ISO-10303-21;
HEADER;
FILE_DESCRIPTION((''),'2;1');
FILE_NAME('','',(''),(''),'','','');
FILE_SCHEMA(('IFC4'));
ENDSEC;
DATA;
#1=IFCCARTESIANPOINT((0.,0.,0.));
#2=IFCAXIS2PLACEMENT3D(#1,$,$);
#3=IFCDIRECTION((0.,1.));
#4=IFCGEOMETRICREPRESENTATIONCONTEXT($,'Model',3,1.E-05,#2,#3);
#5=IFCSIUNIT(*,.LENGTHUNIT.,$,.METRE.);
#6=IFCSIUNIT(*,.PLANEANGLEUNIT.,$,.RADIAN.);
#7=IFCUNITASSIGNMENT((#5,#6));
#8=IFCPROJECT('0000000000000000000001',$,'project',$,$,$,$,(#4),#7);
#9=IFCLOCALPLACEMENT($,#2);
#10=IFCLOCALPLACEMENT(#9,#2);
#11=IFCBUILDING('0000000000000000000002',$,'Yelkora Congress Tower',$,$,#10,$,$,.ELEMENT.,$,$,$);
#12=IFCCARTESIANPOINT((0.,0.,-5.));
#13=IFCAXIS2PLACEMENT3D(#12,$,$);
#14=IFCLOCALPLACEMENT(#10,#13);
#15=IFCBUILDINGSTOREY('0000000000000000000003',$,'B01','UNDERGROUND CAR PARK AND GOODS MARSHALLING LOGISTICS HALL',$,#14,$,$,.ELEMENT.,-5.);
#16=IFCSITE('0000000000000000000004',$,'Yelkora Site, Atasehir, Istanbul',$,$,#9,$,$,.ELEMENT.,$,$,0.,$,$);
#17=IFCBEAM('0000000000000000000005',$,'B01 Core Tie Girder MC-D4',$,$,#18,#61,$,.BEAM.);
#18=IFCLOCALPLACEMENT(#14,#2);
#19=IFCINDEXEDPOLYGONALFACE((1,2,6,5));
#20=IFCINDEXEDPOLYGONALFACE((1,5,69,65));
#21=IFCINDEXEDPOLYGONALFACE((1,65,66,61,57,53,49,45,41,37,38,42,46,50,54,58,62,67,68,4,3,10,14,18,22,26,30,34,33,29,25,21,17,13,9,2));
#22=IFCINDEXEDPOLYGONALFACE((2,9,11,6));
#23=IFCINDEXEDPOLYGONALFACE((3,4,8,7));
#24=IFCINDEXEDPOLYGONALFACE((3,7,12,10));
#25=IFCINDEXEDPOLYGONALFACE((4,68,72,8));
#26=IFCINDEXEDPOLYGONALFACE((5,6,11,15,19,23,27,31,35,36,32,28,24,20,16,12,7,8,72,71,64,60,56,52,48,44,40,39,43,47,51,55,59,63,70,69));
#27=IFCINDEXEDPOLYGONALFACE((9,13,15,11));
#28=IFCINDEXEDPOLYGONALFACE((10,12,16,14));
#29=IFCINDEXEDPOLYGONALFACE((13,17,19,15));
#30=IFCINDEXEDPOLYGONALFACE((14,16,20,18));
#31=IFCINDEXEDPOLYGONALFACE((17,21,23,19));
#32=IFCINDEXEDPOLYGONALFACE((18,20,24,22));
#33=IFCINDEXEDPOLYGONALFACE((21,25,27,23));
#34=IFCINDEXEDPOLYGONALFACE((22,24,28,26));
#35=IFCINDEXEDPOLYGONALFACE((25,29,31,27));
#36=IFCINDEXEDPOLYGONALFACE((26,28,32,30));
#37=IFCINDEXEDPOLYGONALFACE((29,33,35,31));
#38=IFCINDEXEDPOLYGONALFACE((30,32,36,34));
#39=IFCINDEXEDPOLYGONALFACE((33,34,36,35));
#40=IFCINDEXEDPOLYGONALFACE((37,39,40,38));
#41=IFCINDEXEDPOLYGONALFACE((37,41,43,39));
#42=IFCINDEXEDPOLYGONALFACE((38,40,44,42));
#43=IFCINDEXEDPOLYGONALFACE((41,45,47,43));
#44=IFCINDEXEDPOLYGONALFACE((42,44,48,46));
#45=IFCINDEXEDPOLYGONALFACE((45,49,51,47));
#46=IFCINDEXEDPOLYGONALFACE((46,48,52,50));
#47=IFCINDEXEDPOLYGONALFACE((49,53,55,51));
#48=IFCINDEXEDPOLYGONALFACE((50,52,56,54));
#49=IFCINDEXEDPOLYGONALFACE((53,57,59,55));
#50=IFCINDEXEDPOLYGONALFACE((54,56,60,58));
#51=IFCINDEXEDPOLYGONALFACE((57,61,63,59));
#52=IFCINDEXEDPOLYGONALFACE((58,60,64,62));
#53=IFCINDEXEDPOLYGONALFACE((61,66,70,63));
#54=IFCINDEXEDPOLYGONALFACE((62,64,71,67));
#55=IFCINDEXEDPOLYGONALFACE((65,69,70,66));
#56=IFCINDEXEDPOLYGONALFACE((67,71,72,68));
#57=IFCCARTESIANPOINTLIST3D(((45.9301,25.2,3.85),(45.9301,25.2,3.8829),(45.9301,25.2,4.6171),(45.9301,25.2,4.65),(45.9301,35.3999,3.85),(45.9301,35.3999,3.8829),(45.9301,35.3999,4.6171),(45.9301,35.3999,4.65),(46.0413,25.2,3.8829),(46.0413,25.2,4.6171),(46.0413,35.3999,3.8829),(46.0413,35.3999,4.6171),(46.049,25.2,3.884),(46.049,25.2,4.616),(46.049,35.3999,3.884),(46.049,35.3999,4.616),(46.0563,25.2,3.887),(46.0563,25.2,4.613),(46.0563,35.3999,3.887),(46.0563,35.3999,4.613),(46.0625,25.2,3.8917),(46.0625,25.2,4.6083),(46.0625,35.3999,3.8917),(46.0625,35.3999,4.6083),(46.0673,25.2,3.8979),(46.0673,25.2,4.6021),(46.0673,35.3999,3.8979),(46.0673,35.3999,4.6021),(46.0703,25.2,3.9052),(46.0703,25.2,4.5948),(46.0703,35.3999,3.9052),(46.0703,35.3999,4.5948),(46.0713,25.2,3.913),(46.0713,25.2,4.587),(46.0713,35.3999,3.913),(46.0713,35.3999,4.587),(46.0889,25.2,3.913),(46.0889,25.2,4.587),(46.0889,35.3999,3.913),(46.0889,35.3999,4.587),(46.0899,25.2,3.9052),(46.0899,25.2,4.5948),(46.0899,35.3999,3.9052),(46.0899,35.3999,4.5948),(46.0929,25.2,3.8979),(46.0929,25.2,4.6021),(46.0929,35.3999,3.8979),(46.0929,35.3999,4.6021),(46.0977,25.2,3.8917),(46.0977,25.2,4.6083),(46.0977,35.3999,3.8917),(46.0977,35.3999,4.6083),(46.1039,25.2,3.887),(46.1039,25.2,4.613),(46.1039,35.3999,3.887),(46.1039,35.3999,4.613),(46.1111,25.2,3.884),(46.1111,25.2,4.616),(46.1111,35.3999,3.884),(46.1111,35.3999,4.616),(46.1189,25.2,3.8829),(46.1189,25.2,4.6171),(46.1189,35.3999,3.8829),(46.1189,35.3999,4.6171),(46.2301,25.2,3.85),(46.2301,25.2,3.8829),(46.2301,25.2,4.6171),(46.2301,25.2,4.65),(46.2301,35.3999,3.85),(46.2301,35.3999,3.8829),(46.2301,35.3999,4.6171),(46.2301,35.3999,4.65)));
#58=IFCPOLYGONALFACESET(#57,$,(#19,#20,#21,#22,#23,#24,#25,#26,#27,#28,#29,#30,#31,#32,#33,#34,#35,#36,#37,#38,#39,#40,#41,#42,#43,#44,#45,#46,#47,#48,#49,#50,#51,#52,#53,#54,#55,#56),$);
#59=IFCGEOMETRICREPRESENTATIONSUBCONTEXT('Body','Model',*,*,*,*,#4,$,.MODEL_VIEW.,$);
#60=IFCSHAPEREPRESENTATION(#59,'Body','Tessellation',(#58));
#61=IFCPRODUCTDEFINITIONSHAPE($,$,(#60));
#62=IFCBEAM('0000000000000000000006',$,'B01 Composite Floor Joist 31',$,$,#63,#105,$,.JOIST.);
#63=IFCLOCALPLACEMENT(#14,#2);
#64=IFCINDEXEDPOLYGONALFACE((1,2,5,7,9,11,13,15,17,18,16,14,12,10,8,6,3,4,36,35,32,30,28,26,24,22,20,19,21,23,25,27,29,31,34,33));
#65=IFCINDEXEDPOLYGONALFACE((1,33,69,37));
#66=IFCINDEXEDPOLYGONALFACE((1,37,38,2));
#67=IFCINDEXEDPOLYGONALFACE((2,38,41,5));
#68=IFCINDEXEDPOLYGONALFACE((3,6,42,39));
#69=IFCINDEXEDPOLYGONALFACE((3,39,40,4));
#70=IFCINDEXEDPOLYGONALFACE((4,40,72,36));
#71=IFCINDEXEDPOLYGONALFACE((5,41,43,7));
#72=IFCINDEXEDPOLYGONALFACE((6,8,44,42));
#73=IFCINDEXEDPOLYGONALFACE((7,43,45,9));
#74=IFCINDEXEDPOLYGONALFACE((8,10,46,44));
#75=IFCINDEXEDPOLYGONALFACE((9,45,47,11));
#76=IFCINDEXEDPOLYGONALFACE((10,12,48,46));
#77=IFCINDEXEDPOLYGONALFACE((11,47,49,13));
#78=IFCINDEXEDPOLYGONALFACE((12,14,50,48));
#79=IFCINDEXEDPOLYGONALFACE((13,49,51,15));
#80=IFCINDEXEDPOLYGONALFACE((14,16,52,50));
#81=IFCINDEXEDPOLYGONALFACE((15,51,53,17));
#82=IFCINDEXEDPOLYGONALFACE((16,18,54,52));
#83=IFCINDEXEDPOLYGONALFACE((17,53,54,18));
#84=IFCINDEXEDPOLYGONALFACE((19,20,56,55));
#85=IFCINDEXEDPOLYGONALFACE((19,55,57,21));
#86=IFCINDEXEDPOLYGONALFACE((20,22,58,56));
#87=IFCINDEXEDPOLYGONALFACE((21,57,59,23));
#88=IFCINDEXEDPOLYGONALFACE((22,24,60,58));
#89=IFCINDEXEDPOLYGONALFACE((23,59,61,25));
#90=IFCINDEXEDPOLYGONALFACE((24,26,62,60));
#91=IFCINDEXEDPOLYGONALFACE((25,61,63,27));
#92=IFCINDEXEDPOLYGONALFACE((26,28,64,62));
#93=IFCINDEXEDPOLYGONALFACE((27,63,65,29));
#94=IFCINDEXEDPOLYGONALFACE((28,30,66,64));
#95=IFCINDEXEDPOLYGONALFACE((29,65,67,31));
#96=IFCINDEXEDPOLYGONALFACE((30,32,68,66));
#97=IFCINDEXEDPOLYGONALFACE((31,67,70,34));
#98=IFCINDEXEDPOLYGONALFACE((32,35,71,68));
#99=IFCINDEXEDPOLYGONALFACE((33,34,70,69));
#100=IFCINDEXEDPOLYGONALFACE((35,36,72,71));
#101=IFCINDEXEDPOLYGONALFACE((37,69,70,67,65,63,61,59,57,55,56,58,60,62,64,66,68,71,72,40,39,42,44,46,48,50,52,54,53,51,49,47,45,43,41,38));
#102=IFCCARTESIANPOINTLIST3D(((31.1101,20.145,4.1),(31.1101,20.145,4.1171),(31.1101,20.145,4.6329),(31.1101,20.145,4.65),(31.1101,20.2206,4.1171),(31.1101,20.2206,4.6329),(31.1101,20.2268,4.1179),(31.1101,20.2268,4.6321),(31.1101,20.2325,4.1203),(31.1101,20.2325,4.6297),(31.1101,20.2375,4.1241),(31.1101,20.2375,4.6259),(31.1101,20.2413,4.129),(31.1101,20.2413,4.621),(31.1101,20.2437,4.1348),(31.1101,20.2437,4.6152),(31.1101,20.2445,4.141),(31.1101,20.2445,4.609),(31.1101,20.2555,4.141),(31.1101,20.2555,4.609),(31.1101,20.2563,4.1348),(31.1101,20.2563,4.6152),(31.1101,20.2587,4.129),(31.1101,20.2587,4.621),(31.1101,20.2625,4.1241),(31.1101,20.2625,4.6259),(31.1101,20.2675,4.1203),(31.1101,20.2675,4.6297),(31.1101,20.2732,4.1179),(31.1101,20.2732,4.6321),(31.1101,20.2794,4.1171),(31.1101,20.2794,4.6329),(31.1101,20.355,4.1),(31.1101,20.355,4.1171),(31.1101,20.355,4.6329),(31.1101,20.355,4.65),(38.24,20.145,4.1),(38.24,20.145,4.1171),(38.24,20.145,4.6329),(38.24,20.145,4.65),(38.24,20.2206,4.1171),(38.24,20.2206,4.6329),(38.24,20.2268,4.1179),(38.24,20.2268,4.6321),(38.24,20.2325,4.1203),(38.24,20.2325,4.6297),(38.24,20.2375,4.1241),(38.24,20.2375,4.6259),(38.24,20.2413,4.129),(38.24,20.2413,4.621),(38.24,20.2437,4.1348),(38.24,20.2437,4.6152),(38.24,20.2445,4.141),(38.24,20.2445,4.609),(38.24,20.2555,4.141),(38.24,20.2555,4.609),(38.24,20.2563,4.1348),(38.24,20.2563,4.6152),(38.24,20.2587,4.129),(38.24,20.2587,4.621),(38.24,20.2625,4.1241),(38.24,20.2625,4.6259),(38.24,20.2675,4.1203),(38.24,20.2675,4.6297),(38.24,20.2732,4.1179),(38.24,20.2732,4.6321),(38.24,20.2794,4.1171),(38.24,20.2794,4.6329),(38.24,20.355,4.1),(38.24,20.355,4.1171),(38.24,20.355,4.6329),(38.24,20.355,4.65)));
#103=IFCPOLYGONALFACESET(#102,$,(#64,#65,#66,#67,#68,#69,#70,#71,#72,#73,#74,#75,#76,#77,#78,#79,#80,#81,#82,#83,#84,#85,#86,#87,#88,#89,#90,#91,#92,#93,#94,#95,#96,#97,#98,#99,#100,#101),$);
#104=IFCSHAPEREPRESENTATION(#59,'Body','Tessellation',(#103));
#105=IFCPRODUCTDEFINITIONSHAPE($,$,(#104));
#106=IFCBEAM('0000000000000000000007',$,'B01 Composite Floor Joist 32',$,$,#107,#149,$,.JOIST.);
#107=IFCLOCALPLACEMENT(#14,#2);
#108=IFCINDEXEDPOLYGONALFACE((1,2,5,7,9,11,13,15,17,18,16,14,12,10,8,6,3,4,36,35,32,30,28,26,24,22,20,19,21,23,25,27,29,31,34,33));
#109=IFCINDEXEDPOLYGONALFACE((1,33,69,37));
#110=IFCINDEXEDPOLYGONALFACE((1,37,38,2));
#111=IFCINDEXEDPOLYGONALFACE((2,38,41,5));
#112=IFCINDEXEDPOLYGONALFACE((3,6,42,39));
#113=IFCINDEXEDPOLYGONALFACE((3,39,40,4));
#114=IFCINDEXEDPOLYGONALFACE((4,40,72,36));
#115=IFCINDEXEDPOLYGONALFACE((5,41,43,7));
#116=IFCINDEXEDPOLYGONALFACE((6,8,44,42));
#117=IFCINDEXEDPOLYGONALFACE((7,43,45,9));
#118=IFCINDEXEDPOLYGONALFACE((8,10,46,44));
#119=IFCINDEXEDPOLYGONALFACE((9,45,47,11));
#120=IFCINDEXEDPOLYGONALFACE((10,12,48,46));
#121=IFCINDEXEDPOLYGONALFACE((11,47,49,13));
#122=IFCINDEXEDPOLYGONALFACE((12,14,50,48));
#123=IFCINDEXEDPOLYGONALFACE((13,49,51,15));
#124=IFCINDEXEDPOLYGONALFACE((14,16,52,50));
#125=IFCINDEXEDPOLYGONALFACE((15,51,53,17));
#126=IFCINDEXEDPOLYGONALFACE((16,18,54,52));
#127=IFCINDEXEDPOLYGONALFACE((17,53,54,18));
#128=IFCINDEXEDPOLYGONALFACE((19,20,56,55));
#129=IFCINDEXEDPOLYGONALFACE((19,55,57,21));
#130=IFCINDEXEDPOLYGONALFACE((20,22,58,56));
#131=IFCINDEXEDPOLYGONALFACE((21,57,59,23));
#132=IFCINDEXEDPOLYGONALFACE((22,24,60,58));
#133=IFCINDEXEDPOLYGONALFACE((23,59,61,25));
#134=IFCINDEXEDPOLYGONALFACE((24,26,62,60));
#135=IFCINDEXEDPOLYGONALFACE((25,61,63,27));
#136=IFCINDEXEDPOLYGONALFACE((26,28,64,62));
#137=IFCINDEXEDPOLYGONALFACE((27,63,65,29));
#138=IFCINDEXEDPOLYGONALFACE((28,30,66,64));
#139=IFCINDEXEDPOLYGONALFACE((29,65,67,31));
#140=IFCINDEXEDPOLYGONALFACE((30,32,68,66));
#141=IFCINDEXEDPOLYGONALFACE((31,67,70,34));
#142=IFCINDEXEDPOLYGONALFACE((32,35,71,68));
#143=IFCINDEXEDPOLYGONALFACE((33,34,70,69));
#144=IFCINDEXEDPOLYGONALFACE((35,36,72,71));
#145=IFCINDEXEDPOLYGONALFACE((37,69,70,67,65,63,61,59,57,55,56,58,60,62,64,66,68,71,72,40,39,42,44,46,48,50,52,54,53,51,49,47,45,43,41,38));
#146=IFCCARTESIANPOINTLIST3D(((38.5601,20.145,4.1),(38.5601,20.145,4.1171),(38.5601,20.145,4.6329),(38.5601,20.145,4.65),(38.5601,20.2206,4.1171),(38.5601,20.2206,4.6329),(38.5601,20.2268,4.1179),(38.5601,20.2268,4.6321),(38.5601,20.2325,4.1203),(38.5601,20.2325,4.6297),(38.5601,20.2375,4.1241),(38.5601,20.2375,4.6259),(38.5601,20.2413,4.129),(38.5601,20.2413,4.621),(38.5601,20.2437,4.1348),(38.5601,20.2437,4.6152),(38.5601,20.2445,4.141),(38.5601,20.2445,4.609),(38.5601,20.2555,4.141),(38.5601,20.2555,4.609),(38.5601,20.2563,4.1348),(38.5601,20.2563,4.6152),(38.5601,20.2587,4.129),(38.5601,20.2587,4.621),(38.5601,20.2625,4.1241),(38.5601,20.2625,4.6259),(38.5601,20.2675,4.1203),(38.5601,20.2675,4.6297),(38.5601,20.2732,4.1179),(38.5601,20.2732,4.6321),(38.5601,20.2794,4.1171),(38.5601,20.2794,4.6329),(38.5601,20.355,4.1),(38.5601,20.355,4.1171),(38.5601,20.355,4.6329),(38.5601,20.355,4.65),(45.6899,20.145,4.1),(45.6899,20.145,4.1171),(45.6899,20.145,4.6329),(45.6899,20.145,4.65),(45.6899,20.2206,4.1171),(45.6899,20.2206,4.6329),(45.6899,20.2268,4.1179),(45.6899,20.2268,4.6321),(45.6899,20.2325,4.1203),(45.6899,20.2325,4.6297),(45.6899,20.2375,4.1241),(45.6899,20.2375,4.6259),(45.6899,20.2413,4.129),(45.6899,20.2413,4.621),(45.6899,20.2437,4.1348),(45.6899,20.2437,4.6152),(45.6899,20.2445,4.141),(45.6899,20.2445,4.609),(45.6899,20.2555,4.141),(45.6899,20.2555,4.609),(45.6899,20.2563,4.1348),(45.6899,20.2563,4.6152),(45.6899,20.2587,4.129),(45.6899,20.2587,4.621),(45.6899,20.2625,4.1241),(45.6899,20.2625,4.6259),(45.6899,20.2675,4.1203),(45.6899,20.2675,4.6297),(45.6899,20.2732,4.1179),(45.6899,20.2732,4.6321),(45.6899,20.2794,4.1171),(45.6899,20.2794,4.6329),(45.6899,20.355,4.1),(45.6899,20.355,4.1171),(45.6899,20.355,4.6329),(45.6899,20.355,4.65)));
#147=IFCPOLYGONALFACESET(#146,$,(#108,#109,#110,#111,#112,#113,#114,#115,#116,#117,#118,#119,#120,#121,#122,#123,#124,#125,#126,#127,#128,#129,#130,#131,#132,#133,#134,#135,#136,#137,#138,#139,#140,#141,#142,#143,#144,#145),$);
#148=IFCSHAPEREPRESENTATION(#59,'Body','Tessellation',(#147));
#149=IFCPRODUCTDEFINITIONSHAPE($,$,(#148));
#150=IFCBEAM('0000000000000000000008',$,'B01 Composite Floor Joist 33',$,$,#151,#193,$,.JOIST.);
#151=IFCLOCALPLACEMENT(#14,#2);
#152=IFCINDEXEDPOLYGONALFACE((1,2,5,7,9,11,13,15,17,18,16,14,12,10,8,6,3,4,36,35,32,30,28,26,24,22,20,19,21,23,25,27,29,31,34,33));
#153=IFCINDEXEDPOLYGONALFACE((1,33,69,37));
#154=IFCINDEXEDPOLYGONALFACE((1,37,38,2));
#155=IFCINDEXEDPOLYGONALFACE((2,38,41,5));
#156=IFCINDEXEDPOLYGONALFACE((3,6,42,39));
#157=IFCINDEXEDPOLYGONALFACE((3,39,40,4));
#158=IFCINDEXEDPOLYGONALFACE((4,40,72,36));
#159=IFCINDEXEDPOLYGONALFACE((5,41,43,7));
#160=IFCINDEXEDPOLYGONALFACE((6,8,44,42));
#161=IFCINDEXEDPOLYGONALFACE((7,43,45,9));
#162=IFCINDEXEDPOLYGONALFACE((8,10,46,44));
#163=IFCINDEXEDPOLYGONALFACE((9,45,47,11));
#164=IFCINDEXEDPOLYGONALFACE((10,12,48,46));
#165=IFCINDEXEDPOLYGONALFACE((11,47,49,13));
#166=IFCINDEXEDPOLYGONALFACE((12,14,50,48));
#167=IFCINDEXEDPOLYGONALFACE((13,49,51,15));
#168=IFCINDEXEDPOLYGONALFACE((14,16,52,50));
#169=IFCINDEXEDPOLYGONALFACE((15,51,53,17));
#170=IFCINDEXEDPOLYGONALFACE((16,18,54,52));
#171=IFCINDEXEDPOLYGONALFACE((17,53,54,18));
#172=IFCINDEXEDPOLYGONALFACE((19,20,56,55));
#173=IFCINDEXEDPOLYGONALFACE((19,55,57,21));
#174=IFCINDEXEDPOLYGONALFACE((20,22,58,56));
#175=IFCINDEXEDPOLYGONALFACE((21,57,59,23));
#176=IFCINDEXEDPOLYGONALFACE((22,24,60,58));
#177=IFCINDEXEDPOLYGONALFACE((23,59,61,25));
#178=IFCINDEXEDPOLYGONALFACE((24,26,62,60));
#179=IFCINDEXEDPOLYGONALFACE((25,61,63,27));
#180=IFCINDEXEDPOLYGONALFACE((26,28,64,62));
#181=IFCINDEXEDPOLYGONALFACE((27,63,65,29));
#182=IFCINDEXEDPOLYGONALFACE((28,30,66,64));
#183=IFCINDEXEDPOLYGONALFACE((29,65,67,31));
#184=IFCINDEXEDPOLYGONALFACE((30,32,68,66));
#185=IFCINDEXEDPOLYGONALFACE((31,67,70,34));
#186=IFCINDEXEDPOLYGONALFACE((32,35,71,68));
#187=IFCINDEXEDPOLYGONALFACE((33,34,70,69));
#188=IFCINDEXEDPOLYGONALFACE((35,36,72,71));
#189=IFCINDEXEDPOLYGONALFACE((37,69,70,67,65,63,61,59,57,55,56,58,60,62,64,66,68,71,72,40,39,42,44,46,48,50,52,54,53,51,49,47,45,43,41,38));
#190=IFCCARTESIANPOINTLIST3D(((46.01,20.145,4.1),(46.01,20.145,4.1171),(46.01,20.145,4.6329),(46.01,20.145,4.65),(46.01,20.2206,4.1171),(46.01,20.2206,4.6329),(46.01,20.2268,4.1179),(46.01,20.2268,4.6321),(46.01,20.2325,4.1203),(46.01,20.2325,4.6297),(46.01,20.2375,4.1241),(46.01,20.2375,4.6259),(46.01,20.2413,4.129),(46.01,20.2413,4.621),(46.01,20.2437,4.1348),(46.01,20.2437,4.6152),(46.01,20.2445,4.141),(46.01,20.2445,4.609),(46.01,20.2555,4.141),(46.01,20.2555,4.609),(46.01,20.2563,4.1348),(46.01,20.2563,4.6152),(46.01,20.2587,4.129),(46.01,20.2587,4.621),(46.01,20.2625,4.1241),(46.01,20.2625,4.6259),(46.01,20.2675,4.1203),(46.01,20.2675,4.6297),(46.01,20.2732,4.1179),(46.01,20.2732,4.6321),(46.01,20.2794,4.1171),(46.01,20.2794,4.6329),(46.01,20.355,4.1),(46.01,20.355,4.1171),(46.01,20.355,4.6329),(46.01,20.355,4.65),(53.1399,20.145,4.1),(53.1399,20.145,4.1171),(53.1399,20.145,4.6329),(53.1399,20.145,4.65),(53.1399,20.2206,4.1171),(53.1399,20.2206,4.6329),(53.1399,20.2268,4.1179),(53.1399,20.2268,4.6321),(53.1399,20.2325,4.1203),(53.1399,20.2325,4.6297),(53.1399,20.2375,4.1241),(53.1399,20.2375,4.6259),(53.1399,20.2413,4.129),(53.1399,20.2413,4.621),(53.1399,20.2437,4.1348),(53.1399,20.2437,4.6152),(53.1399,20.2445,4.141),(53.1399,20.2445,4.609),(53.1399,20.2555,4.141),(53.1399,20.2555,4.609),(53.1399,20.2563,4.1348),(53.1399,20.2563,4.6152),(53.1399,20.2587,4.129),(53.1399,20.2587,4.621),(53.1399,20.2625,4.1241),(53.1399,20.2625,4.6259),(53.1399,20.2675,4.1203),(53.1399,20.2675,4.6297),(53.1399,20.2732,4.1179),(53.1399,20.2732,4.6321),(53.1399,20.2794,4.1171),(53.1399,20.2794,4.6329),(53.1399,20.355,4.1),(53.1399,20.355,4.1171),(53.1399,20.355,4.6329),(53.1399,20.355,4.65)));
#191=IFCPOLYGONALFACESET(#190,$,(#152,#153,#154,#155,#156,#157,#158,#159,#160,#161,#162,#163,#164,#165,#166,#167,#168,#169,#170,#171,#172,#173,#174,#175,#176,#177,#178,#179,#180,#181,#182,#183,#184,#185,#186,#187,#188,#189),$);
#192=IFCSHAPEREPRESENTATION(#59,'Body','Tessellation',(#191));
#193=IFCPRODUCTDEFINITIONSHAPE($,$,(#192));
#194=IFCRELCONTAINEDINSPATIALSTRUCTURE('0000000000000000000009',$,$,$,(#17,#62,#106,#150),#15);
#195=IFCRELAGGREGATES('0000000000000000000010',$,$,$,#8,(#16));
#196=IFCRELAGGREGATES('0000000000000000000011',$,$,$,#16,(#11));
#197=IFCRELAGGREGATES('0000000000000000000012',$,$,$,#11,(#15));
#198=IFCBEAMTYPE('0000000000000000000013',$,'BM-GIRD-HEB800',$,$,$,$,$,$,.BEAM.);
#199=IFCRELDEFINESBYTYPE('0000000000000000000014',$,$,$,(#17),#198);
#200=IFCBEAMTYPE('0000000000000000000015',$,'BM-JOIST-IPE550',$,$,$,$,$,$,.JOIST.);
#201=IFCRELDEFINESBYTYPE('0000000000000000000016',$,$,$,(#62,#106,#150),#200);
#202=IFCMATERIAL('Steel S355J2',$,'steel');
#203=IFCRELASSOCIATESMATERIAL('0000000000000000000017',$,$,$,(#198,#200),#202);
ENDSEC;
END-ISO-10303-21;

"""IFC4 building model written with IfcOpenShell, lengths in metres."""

from ifc_helpers import new_model, si_unit, direction, frame, origin, origin_2d, place, context, subcontext, project, spatial, i_section, extrude, material, material_profile, profile_set, type_object, element, save


model = new_model("IFC4")

# Units and contexts
model_context = context("Model", 3, precision=1e-05, world=origin(), true_north=direction((0.0, 1.0)))
body_context = subcontext(model_context, "Body", "Model", "MODEL_VIEW")
ifc_project = project(units=[si_unit("LENGTHUNIT", "METRE"), si_unit("PLANEANGLEUNIT", "RADIAN")], contexts=[model_context])

# Site, building, storey
site_placement = place(None, origin())
site = spatial("IfcSite", under=ifc_project, at=site_placement, Name="Yelkora Site, Atasehir, Istanbul", CompositionType="ELEMENT", RefElevation=0.0)
building_placement = place(site_placement, origin())
building = spatial("IfcBuilding", under=site, at=building_placement, Name="Yelkora Congress Tower", CompositionType="ELEMENT")
storey_placement = place(building_placement, frame((0.0, 0.0, -5.0)))
storey = spatial("IfcBuildingStorey", under=building, at=storey_placement, Name="B01", Description="UNDERGROUND CAR PARK AND GOODS MARSHALLING LOGISTICS HALL", CompositionType="ELEMENT", Elevation=-5.0)

# Beams
ifc_material_1 = material(Name="Steel S355J2", Category="steel")
ifc_material_profile_1 = material_profile(ifc_material_1, i_section(OverallWidth=0.3, OverallDepth=0.8, WebThickness=0.0176, FlangeThickness=0.033, FilletRadius=0.03, at=origin_2d()), Name="HEB 800")
ifc_profile_set_1 = profile_set([ifc_material_profile_1], Name="Steel S355J2")
beam_type_1 = type_object("IfcBeamType", Name="BM-GIRD-HEB800", PredefinedType="BEAM", material=ifc_profile_set_1)
for number, where, z_axis, x_axis, name in (
    (1, (46.0801, 25.2, 4.25), (0.0, 1.0, 0.0), (-1.0, 0.0, 0.0), "B01 Core Tie Girder MC-D4"),
):
    element("IfcBeam", number, at=place(storey_placement, frame(where, z_axis=z_axis, x_axis=x_axis)), inside=storey, type_object=beam_type_1, Name=name, PredefinedType="BEAM", context=body_context, shape_type="SweptSolid", body=[
        extrude(i_section(OverallWidth=0.3, OverallDepth=0.8, WebThickness=0.0176, FlangeThickness=0.033, FilletRadius=0.03, at=origin_2d()), origin(), (0.0, 0.0, 1.0), 10.2),
    ])
ifc_material_profile_2 = material_profile(ifc_material_1, i_section(OverallWidth=0.21, OverallDepth=0.55, WebThickness=0.011, FlangeThickness=0.0171, FilletRadius=0.0239, at=origin_2d()), Name="IPE 550")
ifc_profile_set_2 = profile_set([ifc_material_profile_2], Name="Steel S355J2")
beam_type_2 = type_object("IfcBeamType", Name="BM-JOIST-IPE550", PredefinedType="JOIST", material=ifc_profile_set_2)
for number, where, z_axis, x_axis, name in (
    (2, (31.1101, 20.25, 4.375), (1.0, 0.0, 0.0), (0.0, 1.0, 0.0), "B01 Composite Floor Joist 31"),
    (3, (38.5601, 20.25, 4.375), (1.0, 0.0, 0.0), (0.0, 1.0, 0.0), "B01 Composite Floor Joist 32"),
    (4, (46.01, 20.25, 4.375), (1.0, 0.0, 0.0), (0.0, 1.0, 0.0), "B01 Composite Floor Joist 33"),
):
    element("IfcBeam", number, at=place(storey_placement, frame(where, z_axis=z_axis, x_axis=x_axis)), inside=storey, type_object=beam_type_2, Name=name, PredefinedType="JOIST", context=body_context, shape_type="SweptSolid", body=[
        extrude(i_section(OverallWidth=0.21, OverallDepth=0.55, WebThickness=0.011, FlangeThickness=0.0171, FilletRadius=0.0239, at=origin_2d()), origin(), (0.0, 0.0, 1.0), 7.1299),
    ])

save(model, "model.ifc")
